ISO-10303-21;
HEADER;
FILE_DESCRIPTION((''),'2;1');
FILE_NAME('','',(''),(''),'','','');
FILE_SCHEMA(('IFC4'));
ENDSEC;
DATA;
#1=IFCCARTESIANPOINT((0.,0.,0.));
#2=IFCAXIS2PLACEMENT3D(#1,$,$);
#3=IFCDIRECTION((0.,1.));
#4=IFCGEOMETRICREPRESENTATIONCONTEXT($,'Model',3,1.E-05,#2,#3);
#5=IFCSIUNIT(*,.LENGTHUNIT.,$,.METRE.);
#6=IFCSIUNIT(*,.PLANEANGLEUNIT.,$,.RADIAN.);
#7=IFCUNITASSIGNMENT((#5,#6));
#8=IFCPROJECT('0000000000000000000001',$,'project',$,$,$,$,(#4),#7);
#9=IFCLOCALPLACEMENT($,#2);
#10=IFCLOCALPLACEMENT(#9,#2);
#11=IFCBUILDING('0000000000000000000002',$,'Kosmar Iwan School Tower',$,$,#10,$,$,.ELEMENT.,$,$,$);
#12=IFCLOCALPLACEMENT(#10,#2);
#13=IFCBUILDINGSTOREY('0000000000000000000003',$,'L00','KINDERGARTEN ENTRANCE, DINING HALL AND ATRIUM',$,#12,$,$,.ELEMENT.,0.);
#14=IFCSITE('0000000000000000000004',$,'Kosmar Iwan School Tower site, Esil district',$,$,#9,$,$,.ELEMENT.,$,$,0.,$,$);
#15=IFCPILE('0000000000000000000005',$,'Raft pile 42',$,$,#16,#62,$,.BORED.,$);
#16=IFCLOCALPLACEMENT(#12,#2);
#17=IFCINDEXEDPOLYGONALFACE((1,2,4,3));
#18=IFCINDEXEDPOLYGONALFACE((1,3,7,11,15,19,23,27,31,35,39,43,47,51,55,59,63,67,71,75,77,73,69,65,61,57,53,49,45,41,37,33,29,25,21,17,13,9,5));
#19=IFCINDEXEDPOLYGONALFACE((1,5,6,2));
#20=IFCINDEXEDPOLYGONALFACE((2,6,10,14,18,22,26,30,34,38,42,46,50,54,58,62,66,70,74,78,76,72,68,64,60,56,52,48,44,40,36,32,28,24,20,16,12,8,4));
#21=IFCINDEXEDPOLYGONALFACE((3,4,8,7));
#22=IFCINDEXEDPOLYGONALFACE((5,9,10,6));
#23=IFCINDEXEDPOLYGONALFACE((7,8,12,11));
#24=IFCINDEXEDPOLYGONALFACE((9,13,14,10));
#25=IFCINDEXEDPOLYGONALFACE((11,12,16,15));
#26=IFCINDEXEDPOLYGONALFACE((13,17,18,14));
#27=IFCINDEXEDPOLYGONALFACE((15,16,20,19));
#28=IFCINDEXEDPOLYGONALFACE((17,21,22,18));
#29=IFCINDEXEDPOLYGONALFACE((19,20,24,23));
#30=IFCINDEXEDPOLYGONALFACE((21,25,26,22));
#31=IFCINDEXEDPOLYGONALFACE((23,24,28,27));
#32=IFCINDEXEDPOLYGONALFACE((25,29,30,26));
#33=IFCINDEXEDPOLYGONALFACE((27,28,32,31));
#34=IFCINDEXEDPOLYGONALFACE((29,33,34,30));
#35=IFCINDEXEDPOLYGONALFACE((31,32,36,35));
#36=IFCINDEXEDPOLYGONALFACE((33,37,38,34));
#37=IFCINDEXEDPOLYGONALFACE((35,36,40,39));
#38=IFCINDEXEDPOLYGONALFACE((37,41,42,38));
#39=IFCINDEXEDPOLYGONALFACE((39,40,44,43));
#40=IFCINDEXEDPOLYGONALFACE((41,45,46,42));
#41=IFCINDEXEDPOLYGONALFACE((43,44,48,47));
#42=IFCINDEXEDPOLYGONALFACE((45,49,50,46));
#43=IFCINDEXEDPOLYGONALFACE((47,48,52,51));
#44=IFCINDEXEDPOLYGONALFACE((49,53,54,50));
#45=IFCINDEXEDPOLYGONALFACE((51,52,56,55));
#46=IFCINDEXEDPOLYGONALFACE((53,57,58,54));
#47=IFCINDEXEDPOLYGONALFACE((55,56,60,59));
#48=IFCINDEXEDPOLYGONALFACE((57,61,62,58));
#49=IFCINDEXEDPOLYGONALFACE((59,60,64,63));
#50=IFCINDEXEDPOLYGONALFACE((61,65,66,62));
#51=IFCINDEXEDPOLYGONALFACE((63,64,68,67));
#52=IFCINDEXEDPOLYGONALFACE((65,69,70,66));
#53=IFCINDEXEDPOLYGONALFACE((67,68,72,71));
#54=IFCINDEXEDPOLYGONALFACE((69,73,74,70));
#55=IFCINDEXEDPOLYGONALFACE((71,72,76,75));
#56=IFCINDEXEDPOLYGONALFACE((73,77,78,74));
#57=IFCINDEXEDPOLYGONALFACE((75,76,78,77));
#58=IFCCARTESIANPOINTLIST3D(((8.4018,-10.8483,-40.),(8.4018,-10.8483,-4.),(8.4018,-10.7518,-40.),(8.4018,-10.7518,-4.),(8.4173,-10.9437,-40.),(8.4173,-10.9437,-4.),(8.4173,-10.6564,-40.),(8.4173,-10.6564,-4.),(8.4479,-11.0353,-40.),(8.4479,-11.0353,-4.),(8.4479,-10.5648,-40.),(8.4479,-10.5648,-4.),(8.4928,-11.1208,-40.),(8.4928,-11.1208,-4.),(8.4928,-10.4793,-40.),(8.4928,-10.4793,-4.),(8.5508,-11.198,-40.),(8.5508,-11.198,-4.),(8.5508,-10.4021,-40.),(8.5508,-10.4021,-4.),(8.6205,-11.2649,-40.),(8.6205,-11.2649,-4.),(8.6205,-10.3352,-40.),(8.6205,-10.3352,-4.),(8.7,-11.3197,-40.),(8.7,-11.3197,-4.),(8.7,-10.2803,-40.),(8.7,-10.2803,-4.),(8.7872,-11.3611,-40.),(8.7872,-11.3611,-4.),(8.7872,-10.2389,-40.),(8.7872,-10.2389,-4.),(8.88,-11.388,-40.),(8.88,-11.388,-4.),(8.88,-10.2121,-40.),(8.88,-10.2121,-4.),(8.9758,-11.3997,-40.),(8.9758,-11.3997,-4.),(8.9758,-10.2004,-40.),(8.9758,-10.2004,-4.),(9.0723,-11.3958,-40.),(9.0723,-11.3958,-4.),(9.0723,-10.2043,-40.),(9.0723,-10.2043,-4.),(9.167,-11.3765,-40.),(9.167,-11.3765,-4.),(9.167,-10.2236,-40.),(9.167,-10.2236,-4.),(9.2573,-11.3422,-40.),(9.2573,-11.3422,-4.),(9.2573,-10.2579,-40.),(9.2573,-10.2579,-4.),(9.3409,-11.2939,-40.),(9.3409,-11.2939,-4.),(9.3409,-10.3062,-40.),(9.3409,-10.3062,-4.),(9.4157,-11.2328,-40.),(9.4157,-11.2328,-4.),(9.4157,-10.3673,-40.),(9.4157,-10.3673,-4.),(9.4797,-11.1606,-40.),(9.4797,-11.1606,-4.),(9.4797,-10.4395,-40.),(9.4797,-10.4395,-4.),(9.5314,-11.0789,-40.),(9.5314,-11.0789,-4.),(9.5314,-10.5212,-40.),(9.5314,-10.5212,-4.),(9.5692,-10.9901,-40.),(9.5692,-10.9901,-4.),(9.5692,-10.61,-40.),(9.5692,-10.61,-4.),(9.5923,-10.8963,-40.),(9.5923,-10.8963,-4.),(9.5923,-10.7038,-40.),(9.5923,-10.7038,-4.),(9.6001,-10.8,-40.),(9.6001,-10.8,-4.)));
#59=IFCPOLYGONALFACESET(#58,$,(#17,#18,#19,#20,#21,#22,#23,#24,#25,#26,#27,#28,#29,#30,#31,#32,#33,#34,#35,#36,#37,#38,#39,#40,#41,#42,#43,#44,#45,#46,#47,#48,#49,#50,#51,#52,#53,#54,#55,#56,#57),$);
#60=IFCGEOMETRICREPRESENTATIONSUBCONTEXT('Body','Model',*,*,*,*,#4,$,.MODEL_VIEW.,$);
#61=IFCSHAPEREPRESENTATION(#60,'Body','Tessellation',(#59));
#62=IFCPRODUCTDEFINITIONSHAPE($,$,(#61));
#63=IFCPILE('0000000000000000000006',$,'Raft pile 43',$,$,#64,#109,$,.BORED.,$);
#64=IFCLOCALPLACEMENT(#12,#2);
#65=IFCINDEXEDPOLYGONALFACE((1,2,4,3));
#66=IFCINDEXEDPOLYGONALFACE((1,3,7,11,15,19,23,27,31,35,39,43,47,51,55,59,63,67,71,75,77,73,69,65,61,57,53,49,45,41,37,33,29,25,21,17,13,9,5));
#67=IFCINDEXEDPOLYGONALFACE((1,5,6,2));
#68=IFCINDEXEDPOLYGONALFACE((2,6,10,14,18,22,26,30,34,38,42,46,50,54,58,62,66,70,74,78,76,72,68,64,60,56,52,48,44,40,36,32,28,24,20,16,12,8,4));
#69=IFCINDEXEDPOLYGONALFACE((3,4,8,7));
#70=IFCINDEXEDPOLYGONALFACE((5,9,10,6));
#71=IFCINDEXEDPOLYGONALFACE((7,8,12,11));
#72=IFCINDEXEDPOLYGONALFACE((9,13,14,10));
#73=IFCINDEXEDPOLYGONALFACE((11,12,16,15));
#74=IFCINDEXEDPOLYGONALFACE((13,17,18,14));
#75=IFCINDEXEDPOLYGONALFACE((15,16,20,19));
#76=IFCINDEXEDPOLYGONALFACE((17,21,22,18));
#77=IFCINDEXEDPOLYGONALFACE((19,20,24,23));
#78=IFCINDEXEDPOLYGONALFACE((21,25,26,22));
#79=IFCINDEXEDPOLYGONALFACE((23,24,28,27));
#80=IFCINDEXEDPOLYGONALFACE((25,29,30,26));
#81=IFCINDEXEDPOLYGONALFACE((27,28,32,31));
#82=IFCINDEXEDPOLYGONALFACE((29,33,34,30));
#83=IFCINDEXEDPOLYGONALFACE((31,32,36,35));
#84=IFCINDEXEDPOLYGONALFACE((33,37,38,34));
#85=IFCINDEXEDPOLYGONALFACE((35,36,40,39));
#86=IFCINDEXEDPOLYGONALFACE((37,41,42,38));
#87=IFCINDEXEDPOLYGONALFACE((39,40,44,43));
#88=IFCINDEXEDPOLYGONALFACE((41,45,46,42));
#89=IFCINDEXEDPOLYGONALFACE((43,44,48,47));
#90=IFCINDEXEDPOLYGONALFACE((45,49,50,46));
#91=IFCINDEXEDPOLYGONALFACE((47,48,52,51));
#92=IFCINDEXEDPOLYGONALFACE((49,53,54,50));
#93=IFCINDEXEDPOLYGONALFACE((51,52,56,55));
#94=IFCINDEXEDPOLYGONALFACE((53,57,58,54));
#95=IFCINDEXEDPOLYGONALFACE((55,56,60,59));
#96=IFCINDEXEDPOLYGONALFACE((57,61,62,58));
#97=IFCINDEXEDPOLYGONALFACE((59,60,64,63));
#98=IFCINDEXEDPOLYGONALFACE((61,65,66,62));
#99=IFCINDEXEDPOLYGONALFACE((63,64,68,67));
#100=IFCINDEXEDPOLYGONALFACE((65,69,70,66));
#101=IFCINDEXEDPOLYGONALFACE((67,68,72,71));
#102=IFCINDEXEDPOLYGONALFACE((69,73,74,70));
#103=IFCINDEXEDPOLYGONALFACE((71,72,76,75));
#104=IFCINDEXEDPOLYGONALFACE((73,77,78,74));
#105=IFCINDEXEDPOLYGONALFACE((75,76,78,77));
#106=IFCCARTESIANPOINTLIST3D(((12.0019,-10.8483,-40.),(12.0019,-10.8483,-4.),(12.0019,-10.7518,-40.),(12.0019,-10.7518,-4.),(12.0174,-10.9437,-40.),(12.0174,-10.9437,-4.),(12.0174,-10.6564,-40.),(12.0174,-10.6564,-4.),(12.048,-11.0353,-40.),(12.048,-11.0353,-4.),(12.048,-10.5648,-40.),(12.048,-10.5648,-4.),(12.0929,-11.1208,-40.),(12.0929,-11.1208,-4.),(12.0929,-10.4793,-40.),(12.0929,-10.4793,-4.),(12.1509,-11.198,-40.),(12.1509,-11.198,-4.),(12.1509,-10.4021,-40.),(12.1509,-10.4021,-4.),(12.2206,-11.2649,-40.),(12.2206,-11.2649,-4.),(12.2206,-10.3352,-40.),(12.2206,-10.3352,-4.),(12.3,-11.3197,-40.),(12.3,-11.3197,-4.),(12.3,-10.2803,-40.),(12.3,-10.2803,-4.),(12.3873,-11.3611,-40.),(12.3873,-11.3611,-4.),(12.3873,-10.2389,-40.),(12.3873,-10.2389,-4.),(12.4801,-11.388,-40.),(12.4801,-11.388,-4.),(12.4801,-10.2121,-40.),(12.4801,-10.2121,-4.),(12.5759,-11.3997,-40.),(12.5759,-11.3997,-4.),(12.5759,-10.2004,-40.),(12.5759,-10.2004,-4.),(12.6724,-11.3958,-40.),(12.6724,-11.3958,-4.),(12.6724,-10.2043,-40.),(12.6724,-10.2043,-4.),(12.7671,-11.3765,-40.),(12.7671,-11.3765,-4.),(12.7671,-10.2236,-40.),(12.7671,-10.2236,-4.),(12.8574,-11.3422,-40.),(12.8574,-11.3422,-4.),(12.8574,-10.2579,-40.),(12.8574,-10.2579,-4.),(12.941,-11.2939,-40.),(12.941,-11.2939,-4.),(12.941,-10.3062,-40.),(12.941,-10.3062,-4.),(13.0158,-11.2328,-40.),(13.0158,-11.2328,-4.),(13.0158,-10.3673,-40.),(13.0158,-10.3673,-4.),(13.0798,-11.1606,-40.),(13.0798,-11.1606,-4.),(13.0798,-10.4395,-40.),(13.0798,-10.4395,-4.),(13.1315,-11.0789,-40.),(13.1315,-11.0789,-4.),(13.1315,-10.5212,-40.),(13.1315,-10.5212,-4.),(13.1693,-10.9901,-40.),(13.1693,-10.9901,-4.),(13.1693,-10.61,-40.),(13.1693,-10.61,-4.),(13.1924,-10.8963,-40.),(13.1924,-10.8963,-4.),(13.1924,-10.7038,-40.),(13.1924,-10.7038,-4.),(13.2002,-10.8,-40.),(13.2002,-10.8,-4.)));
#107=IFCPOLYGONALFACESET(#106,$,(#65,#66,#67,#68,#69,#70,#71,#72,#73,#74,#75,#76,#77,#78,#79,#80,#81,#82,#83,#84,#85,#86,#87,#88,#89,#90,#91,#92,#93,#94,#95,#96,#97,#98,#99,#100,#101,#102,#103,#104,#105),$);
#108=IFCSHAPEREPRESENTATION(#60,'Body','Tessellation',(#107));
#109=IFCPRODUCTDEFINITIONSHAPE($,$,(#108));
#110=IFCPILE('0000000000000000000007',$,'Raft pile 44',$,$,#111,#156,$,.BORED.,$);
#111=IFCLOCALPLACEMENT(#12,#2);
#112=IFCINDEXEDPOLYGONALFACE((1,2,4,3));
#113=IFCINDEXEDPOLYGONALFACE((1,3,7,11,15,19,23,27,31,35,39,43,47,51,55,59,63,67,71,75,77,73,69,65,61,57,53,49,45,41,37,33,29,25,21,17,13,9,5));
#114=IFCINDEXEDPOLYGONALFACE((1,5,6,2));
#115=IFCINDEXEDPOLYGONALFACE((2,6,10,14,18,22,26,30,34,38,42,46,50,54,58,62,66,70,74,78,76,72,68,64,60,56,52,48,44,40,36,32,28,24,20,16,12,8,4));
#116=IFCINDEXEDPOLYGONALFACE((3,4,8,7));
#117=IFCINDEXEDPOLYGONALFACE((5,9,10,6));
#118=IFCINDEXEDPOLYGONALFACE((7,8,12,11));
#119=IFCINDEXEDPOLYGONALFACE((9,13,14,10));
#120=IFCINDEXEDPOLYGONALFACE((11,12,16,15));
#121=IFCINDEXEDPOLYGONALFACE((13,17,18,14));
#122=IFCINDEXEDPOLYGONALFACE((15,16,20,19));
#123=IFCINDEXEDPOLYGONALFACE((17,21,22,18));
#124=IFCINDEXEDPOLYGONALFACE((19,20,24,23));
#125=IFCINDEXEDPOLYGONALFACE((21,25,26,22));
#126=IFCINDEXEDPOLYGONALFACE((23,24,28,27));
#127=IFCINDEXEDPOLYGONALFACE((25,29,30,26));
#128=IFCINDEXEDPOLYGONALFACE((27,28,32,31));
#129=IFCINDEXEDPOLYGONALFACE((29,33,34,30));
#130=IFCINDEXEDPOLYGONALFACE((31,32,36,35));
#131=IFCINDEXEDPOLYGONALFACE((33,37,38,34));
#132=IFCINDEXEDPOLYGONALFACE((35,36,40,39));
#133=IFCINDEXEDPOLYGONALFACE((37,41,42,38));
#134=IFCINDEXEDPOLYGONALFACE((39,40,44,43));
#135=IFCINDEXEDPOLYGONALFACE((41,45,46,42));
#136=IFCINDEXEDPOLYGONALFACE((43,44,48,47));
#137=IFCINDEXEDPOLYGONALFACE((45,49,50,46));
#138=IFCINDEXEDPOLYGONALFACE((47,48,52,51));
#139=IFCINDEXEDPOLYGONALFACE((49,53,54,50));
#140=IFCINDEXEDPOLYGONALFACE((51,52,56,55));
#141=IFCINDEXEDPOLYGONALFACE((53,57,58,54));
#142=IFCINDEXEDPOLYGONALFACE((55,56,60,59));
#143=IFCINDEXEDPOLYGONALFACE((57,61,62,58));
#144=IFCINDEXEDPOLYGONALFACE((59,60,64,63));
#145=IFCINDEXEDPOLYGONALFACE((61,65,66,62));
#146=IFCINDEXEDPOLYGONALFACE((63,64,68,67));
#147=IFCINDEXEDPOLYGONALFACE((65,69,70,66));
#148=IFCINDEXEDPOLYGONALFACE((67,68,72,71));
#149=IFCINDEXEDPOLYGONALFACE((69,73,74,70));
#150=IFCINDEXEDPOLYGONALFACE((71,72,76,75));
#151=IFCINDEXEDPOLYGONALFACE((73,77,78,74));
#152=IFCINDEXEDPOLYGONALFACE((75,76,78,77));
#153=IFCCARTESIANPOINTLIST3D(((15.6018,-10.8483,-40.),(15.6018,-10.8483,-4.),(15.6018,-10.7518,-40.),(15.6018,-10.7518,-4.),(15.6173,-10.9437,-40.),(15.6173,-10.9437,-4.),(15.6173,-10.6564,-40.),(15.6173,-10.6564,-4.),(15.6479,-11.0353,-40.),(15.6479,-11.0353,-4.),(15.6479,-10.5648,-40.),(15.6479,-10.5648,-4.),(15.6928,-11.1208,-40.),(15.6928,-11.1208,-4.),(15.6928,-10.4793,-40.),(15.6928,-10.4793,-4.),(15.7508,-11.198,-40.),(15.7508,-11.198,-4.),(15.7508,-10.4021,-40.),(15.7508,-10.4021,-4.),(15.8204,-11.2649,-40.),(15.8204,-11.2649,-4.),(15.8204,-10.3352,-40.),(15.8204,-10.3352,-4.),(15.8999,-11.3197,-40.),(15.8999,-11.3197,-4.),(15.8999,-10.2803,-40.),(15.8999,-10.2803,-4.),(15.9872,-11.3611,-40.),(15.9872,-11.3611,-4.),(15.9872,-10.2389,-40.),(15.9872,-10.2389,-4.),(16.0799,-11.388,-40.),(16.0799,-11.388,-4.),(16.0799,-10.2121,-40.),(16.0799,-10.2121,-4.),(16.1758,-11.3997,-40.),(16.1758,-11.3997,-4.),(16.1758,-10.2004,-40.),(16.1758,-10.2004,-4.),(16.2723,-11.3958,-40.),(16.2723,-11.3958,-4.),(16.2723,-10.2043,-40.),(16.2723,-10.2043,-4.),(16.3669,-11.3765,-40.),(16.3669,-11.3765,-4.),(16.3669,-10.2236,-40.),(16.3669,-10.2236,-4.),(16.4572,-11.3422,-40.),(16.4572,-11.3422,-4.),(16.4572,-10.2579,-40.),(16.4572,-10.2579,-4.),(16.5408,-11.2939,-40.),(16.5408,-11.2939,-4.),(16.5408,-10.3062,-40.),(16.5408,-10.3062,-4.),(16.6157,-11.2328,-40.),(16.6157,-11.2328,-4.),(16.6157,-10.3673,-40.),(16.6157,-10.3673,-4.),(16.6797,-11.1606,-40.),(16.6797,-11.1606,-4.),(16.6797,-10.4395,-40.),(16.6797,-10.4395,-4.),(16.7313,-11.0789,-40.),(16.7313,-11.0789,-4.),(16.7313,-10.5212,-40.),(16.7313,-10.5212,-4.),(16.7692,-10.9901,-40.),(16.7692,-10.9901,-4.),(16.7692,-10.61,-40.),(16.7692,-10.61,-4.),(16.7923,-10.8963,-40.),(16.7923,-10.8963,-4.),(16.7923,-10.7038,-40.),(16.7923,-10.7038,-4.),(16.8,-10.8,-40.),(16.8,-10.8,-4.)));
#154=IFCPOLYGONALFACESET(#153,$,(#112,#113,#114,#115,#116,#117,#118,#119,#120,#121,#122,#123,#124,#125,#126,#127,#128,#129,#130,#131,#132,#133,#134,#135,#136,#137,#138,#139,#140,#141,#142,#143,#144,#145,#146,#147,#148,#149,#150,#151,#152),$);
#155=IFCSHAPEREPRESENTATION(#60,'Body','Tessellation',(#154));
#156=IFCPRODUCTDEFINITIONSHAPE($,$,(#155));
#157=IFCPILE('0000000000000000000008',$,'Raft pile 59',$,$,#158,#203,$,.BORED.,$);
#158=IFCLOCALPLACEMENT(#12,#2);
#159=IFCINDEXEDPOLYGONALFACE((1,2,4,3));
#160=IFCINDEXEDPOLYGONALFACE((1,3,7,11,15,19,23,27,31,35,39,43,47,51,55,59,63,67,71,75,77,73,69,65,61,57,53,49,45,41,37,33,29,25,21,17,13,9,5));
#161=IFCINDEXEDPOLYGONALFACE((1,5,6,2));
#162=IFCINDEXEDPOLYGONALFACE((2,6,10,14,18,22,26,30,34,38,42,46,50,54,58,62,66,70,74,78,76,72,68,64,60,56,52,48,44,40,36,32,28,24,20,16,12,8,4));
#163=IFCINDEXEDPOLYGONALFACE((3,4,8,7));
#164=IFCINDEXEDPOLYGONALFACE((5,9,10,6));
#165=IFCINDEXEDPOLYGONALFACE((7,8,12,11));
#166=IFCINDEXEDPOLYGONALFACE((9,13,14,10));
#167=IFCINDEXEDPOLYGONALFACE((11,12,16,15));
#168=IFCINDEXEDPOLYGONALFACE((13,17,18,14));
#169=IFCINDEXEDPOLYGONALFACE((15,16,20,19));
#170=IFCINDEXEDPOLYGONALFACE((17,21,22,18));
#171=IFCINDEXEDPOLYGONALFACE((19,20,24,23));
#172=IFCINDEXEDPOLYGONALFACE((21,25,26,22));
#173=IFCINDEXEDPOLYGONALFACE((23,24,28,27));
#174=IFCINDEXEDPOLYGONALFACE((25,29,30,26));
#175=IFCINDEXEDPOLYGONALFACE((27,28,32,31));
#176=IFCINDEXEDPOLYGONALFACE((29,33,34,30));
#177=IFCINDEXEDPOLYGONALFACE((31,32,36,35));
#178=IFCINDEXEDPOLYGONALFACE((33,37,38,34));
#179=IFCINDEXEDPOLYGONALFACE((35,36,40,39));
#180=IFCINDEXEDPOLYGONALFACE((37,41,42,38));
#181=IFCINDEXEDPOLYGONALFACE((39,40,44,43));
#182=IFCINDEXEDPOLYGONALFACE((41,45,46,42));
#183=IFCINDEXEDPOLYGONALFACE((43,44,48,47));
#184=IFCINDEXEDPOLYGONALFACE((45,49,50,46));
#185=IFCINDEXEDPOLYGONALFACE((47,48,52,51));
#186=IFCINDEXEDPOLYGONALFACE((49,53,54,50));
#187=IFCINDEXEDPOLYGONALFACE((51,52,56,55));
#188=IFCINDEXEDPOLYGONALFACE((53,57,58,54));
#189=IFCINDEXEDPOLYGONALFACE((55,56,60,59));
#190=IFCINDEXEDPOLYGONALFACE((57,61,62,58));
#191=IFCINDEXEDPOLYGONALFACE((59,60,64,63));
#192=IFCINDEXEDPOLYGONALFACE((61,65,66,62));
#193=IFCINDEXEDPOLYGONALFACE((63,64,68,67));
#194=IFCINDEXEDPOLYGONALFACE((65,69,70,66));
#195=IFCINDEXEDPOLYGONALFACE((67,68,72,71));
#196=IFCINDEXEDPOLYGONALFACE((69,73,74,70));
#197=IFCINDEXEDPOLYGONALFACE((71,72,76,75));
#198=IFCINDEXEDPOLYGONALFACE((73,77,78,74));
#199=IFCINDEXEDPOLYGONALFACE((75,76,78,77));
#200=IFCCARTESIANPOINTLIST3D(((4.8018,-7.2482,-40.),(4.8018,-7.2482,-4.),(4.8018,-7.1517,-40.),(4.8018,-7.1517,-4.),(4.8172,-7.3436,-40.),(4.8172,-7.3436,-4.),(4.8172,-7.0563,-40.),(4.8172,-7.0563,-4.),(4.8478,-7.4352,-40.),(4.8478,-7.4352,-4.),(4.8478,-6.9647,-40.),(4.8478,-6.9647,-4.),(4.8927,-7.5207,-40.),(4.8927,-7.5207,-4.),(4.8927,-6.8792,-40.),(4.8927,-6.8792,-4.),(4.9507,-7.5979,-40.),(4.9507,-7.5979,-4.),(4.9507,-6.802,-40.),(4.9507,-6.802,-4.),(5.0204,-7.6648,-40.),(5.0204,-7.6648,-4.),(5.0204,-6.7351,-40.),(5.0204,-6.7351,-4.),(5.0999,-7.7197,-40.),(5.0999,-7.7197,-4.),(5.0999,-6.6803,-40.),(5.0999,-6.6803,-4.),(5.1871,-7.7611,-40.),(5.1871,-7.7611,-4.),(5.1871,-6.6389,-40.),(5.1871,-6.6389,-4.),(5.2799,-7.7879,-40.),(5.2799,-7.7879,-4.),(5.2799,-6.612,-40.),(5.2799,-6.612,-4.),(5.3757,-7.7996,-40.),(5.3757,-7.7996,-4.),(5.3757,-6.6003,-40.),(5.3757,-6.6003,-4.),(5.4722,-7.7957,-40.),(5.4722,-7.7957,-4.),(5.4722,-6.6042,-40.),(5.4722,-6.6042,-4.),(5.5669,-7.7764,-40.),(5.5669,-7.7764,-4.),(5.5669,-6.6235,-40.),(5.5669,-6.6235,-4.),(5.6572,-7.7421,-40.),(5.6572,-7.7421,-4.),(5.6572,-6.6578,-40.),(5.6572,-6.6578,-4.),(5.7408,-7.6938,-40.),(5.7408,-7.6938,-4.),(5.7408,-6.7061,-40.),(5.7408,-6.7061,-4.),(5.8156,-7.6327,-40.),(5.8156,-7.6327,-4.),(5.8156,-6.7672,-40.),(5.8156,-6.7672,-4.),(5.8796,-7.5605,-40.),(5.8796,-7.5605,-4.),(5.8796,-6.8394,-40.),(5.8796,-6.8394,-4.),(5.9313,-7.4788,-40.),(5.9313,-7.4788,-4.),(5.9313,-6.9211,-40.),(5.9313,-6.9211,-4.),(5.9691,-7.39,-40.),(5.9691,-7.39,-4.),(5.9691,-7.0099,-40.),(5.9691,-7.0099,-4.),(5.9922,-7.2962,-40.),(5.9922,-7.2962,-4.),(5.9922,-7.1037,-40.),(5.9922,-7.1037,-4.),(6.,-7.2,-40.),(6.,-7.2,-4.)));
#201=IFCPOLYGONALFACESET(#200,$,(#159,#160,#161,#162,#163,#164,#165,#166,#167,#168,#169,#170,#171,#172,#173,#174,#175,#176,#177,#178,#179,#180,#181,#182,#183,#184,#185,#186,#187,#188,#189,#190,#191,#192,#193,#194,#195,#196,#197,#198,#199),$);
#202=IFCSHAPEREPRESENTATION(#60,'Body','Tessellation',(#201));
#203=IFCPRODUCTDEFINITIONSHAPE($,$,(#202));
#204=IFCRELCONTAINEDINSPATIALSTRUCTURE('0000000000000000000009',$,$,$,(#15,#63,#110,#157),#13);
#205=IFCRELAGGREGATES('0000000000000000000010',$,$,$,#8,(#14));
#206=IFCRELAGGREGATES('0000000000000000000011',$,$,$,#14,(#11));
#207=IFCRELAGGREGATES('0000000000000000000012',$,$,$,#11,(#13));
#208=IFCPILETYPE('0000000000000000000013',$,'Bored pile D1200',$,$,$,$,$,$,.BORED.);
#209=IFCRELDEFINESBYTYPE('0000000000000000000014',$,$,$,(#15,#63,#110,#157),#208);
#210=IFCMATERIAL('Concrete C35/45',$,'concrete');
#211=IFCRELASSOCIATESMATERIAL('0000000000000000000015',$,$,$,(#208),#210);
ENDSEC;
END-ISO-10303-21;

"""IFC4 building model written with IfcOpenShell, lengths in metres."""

from ifc_helpers import new_model, si_unit, direction, frame, origin, origin_2d, place, context, subcontext, project, spatial, circle, extrude, material, material_profile, profile_set, type_object, element, save


model = new_model("IFC4")

# Units and contexts
model_context = context("Model", 3, precision=1e-05, world=origin(), true_north=direction((0.0, 1.0)))
body_context = subcontext(model_context, "Body", "Model", "MODEL_VIEW")
ifc_project = project(units=[si_unit("LENGTHUNIT", "METRE"), si_unit("PLANEANGLEUNIT", "RADIAN")], contexts=[model_context])

# Site, building, storey
site_placement = place(None, origin())
site = spatial("IfcSite", under=ifc_project, at=site_placement, Name="Kosmar Iwan School Tower site, Esil district", CompositionType="ELEMENT", RefElevation=0.0)
building_placement = place(site_placement, origin())
building = spatial("IfcBuilding", under=site, at=building_placement, Name="Kosmar Iwan School Tower", CompositionType="ELEMENT")
storey_placement = place(building_placement, origin())
storey = spatial("IfcBuildingStorey", under=building, at=storey_placement, Name="L00", Description="KINDERGARTEN ENTRANCE, DINING HALL AND ATRIUM", CompositionType="ELEMENT", Elevation=0.0)

# Piles
ifc_material_1 = material(Name="Concrete C35/45", Category="concrete")
ifc_material_profile_1 = material_profile(ifc_material_1, circle(Radius=0.6001, at=origin_2d()), Name="D1200")
ifc_profile_set_1 = profile_set([ifc_material_profile_1], Name="Concrete C35/45")
pile_type = type_object("IfcPileType", Name="Bored pile D1200", PredefinedType="BORED", material=ifc_profile_set_1)
for number, where, z_axis, x_axis, name in (
    (1, (9.0, -10.8, -4.0), (0.0, 0.0, -1.0), (1.0, 0.0, 0.0), "Raft pile 42"),
    (2, (12.6001, -10.8, -4.0), (0.0, 0.0, -1.0), (1.0, 0.0, 0.0), "Raft pile 43"),
    (3, (16.2, -10.8, -4.0), (0.0, 0.0, -1.0), (1.0, 0.0, 0.0), "Raft pile 44"),
    (4, (5.3999, -7.2, -4.0), (0.0, 0.0, -1.0), (1.0, 0.0, 0.0), "Raft pile 59"),
):
    element("IfcPile", number, at=place(storey_placement, frame(where, z_axis=z_axis, x_axis=x_axis)), inside=storey, type_object=pile_type, Name=name, PredefinedType="BORED", context=body_context, shape_type="SweptSolid", body=[
        extrude(circle(Radius=0.6001, at=origin_2d()), origin(), (0.0, 0.0, 1.0), 36.0),
    ])

save(model, "model.ifc")
